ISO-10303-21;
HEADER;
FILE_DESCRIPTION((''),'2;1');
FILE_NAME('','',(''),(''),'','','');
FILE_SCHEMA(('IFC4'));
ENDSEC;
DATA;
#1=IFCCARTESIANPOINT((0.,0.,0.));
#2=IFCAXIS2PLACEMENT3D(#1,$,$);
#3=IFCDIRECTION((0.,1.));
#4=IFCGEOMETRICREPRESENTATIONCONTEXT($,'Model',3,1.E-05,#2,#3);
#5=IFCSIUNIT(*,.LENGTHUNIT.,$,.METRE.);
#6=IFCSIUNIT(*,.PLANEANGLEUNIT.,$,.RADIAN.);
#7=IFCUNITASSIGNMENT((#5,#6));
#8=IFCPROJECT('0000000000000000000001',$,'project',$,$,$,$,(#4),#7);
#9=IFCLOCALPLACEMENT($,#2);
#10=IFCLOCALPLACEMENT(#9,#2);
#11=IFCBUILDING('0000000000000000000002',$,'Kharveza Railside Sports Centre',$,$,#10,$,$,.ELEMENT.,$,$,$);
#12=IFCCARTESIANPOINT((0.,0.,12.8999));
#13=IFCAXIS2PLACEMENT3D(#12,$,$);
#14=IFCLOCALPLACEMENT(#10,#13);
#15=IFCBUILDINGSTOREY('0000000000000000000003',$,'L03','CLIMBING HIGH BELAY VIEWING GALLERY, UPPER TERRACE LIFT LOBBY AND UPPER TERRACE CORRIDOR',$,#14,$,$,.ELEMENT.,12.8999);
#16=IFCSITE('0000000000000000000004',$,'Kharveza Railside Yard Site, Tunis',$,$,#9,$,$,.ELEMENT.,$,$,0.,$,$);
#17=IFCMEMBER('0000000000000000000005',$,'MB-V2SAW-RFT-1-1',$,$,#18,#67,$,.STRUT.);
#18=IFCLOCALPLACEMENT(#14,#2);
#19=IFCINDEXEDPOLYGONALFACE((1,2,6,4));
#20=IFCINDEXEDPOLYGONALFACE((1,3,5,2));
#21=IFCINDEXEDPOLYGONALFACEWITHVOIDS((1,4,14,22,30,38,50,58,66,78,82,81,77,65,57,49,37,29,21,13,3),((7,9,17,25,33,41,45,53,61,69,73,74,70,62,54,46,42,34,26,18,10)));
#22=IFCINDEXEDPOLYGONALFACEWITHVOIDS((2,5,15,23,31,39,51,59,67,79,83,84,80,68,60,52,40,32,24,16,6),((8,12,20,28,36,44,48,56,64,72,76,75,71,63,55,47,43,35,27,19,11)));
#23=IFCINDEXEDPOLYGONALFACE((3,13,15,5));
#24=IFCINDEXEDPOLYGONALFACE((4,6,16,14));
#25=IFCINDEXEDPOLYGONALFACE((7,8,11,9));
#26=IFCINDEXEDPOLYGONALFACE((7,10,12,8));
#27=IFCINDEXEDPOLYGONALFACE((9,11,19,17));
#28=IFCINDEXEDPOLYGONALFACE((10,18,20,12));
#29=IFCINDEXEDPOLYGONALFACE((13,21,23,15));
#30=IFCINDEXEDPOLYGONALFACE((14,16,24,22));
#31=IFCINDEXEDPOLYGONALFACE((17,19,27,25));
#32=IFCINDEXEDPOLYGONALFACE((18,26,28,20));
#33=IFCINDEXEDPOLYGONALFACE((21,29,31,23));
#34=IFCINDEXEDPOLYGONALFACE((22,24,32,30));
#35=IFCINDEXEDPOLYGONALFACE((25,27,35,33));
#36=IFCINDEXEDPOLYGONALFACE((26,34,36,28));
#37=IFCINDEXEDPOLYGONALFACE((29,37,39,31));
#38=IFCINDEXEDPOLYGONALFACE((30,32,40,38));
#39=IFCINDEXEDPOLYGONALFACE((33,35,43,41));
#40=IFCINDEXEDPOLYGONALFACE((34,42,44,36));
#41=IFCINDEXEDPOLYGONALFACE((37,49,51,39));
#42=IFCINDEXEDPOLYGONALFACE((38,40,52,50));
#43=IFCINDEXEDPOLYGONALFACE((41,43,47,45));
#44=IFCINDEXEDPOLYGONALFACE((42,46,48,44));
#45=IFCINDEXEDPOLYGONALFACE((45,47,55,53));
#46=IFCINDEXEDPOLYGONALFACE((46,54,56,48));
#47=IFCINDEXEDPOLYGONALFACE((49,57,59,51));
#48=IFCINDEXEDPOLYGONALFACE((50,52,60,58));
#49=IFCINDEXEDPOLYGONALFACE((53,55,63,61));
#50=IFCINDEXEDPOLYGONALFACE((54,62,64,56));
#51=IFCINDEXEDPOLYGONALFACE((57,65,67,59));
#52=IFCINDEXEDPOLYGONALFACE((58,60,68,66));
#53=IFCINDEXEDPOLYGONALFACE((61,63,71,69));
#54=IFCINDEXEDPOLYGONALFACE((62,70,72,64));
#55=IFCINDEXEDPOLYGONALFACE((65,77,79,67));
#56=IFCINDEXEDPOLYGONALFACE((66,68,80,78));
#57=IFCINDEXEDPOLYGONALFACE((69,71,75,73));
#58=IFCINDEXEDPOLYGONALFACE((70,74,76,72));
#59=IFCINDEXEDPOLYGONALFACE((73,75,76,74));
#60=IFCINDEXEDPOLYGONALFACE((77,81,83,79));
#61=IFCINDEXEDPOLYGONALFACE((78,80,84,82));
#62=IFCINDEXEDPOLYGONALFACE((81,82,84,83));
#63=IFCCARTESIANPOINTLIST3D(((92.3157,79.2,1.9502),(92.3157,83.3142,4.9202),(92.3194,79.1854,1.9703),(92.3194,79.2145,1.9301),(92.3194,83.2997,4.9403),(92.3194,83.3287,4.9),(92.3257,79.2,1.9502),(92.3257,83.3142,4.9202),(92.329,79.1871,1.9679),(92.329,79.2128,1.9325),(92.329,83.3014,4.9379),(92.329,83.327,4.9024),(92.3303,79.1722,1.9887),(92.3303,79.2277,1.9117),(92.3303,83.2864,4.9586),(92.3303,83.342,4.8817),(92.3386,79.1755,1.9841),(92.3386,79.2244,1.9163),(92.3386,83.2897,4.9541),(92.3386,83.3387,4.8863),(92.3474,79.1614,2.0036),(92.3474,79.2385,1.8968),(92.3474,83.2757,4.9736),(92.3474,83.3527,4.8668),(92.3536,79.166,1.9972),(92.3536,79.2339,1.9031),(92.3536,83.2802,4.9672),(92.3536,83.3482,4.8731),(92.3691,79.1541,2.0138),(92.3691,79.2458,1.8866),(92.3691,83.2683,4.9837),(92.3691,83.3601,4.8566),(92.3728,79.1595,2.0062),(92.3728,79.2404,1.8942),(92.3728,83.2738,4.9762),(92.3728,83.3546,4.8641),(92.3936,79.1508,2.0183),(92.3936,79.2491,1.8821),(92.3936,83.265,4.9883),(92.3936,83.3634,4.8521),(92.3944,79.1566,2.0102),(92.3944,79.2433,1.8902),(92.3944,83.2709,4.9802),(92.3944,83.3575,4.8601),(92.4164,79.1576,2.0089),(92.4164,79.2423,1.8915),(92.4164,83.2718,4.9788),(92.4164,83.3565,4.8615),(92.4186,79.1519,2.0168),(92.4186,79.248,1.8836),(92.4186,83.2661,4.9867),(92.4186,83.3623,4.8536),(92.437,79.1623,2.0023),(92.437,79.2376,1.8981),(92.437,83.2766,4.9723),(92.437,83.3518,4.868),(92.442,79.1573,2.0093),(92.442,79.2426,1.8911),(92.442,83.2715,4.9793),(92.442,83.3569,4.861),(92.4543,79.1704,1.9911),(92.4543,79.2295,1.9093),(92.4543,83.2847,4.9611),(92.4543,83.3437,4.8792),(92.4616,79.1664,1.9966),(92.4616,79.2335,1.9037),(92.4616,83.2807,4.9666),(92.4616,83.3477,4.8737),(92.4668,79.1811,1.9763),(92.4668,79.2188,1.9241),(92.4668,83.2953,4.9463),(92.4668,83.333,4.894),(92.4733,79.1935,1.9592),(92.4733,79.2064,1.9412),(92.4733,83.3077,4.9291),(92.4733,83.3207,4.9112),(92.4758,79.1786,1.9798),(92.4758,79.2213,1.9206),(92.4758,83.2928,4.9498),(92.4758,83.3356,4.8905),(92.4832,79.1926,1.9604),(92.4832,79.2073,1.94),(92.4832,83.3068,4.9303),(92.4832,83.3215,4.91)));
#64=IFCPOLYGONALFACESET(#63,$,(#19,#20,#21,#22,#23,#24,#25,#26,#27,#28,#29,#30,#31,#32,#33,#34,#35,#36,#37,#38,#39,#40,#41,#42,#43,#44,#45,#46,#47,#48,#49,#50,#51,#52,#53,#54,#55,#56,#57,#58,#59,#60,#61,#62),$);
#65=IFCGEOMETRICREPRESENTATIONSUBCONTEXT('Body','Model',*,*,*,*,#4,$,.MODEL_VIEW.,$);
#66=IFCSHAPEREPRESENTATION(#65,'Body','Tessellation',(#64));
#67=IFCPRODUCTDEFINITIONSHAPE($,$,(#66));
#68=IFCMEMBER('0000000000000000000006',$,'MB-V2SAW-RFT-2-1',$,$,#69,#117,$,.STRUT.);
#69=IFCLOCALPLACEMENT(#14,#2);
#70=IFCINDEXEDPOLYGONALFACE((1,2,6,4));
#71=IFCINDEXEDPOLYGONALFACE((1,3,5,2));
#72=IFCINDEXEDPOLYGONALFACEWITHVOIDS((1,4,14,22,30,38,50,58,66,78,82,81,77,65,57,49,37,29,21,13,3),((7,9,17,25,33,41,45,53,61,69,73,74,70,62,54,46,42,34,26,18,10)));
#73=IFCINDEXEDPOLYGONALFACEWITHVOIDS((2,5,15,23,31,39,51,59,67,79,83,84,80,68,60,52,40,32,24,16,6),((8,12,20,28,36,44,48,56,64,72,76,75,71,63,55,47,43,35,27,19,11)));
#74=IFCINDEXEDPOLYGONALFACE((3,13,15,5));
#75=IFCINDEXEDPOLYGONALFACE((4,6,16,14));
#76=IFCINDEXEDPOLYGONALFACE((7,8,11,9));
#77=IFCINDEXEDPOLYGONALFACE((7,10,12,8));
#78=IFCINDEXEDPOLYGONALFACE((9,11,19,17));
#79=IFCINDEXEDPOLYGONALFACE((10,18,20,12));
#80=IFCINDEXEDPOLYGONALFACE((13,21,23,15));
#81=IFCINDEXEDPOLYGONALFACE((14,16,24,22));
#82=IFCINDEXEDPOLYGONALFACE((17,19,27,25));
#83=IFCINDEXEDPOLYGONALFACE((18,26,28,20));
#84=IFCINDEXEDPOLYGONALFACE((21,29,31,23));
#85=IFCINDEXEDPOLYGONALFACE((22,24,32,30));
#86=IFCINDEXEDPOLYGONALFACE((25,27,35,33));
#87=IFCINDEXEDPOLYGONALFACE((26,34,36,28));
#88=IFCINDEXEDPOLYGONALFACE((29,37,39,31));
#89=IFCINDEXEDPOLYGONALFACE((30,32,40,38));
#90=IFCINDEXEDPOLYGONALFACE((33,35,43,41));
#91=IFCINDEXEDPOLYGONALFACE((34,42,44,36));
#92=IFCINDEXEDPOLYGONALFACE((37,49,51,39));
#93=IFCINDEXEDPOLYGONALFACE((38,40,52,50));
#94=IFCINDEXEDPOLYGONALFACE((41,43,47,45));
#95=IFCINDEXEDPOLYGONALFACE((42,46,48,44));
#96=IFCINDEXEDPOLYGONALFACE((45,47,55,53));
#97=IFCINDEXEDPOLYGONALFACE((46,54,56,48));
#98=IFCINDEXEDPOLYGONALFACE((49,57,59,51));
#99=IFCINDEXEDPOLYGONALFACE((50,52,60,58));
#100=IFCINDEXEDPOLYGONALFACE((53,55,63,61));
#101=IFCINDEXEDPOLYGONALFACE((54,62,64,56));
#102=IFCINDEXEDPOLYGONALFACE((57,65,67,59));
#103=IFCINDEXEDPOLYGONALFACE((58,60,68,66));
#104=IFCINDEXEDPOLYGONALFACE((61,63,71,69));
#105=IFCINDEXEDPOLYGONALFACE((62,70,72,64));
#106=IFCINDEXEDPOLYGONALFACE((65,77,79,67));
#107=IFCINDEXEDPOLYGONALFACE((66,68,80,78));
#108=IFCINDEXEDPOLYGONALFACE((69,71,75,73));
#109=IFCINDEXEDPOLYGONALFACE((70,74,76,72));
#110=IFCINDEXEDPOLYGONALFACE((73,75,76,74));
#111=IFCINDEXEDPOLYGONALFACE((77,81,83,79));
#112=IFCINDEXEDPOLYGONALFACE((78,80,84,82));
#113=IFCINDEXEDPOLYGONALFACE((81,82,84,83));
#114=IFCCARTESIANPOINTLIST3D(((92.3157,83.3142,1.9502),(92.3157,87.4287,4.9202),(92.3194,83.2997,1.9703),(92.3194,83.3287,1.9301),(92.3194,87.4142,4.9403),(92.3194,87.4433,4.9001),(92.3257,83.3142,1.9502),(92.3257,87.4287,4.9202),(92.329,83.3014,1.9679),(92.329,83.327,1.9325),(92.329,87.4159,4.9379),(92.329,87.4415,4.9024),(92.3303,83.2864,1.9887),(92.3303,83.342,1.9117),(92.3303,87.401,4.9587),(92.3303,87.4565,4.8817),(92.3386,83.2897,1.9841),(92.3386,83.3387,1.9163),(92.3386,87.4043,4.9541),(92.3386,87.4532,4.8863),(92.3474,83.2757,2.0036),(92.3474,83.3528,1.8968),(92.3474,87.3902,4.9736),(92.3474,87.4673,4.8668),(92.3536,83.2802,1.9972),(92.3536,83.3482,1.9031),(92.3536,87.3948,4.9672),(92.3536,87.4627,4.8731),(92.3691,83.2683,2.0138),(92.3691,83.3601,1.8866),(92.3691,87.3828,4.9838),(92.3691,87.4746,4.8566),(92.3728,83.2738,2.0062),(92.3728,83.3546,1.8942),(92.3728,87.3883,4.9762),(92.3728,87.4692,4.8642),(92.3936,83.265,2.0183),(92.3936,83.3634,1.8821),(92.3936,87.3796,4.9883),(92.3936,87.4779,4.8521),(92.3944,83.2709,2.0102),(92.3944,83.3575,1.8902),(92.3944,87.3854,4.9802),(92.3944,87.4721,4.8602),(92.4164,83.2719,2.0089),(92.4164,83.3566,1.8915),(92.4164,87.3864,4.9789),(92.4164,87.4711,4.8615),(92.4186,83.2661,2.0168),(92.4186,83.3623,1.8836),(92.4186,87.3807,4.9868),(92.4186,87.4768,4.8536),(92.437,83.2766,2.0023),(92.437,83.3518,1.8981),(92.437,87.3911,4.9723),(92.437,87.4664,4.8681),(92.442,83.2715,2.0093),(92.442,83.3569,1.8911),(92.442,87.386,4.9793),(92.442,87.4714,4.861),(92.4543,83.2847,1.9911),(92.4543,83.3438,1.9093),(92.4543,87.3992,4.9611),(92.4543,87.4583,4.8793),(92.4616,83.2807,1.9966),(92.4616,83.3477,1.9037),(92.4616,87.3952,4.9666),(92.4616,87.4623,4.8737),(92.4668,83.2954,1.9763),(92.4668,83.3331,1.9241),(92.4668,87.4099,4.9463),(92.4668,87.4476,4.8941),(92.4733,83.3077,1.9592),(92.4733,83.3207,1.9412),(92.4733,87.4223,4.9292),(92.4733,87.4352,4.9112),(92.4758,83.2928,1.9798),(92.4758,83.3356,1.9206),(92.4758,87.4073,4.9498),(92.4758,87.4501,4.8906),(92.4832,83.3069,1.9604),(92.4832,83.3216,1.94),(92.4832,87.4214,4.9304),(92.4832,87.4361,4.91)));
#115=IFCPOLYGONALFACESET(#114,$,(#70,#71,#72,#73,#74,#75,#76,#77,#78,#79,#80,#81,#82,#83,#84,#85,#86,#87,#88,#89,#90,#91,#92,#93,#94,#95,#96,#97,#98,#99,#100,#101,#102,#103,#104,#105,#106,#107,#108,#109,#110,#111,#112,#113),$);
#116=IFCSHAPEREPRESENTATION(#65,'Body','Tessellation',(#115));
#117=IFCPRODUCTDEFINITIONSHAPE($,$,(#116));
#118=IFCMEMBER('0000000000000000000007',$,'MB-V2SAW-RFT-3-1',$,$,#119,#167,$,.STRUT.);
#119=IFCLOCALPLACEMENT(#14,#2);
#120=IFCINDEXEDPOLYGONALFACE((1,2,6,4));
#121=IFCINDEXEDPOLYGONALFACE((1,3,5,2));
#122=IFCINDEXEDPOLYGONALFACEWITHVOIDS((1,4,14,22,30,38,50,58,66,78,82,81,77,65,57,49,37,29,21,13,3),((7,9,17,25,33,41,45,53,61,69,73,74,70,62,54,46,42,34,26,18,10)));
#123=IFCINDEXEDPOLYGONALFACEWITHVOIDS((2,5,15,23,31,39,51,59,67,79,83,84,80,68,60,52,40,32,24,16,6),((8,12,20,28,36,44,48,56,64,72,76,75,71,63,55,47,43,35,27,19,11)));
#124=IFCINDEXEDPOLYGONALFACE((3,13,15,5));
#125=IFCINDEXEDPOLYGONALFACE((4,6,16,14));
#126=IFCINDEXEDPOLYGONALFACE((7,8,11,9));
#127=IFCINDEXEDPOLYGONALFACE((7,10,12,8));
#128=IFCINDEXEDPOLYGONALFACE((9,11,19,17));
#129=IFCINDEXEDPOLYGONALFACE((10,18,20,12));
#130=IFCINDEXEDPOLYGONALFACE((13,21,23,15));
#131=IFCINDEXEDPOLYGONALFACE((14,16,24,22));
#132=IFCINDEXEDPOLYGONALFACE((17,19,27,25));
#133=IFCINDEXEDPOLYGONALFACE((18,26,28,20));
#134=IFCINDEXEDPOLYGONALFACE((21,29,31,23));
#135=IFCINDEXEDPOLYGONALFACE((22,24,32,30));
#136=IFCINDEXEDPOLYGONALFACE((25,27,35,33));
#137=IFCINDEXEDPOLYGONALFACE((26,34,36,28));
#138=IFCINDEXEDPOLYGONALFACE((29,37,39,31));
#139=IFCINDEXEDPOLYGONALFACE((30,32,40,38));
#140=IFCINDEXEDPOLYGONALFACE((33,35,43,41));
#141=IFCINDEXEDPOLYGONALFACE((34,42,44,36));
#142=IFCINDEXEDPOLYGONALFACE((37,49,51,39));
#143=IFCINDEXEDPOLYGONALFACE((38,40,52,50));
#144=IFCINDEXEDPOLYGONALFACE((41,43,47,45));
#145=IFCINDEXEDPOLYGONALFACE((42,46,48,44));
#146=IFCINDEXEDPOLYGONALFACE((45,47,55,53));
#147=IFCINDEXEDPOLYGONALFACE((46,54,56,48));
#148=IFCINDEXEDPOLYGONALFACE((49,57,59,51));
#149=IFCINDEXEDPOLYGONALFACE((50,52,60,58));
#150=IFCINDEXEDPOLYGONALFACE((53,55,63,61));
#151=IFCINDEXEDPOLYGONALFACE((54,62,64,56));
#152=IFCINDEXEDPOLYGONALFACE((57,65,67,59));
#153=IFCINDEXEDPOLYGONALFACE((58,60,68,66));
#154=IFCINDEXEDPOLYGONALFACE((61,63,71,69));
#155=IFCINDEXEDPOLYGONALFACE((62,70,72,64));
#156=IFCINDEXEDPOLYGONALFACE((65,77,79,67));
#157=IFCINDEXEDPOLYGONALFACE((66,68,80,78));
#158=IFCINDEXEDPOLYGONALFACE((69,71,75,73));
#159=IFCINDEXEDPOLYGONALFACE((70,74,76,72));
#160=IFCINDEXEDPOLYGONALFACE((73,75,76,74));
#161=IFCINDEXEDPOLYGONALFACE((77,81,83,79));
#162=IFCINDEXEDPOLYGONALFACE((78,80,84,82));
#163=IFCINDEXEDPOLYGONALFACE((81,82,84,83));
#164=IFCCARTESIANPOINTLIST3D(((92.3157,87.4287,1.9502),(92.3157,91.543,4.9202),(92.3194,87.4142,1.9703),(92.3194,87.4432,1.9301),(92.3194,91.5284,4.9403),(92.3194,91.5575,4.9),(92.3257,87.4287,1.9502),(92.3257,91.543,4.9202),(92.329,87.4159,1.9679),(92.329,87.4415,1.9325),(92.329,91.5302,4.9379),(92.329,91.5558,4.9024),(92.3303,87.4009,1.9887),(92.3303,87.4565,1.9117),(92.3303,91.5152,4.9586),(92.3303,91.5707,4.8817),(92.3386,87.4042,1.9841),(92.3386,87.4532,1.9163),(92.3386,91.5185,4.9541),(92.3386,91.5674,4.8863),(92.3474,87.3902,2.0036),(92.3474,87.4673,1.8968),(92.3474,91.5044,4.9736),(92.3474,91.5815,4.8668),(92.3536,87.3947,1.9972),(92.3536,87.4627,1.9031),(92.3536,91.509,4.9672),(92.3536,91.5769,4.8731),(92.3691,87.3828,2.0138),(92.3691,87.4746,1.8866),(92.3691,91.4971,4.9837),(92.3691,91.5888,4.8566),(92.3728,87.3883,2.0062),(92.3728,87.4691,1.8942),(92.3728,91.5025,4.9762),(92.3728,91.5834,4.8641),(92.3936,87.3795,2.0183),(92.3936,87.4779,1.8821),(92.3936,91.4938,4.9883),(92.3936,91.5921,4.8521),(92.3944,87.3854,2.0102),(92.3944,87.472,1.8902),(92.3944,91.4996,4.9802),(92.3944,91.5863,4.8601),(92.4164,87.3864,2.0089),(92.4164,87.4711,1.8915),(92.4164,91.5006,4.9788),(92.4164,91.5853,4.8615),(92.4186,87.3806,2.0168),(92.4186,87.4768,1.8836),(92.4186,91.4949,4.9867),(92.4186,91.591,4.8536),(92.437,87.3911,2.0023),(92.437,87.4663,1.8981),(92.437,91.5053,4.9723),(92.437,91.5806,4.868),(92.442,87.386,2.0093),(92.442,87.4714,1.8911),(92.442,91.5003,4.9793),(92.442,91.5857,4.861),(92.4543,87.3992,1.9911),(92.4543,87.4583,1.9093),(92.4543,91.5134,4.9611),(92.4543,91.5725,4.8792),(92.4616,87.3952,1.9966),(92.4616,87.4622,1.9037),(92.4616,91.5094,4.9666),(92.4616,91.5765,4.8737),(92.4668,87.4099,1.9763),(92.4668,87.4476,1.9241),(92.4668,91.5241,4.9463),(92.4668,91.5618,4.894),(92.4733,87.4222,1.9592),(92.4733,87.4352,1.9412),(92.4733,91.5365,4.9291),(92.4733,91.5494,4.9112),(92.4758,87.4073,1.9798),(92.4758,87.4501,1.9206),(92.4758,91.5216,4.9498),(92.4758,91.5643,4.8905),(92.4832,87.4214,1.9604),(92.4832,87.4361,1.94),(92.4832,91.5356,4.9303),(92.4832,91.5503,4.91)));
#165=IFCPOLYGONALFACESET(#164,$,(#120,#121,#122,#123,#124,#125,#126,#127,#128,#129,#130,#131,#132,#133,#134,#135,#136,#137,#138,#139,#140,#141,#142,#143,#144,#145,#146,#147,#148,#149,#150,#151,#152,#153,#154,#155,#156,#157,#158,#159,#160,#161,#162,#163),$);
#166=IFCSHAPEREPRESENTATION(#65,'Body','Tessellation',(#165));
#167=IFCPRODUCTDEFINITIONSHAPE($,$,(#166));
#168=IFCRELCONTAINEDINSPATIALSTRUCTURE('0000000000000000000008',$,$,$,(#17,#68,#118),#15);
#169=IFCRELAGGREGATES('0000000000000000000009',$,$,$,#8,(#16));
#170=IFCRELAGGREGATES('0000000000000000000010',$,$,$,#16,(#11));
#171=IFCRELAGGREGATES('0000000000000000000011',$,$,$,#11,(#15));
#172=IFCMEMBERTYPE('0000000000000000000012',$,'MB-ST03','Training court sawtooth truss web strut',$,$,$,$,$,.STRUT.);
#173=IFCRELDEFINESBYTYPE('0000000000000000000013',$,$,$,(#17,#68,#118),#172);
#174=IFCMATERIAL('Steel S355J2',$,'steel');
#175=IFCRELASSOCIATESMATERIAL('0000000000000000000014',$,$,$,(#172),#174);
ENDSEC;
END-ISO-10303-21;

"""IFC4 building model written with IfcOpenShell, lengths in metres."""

from ifc_helpers import new_model, si_unit, direction, frame, origin, origin_2d, place, context, subcontext, project, spatial, hollow_circle, extrude, material, material_profile, profile_set, type_object, element, save


model = new_model("IFC4")

# Units and contexts
model_context = context("Model", 3, precision=1e-05, world=origin(), true_north=direction((0.0, 1.0)))
body_context = subcontext(model_context, "Body", "Model", "MODEL_VIEW")
ifc_project = project(units=[si_unit("LENGTHUNIT", "METRE"), si_unit("PLANEANGLEUNIT", "RADIAN")], contexts=[model_context])

# Site, building, storey
site_placement = place(None, origin())
site = spatial("IfcSite", under=ifc_project, at=site_placement, Name="Kharveza Railside Yard Site, Tunis", CompositionType="ELEMENT", RefElevation=0.0)
building_placement = place(site_placement, origin())
building = spatial("IfcBuilding", under=site, at=building_placement, Name="Kharveza Railside Sports Centre", CompositionType="ELEMENT")
storey_placement = place(building_placement, frame((0.0, 0.0, 12.8999)))
storey = spatial("IfcBuildingStorey", under=building, at=storey_placement, Name="L03", Description="CLIMBING HIGH BELAY VIEWING GALLERY, UPPER TERRACE LIFT LOBBY AND UPPER TERRACE CORRIDOR", CompositionType="ELEMENT", Elevation=12.8999)

# Shared definitions
ifc_material_1 = material(Name="Steel S355J2", Category="steel")

# Members
ifc_material_profile_1 = material_profile(ifc_material_1, hollow_circle(Radius=0.0842, WallThickness=0.01, at=origin_2d()), Name="CHS 168.3x10.0")
ifc_profile_set_1 = profile_set([ifc_material_profile_1], Name="Steel S355J2")
member_type_1 = type_object("IfcMemberType", Name="MB-ST03", Description="Training court sawtooth truss web strut", PredefinedType="STRUT", material=ifc_profile_set_1)
member_1_placement = place(storey_placement, frame((92.3999, 79.2, 1.9502), z_axis=(0.0, 0.810814, 0.585304), x_axis=(-1.0, 0.0, 0.0)))
element("IfcMember", 1, at=member_1_placement, inside=storey, type_object=member_type_1, Name="MB-V2SAW-RFT-1-1", PredefinedType="STRUT", context=body_context, shape_type="SweptSolid", body=[
    extrude(hollow_circle(Radius=0.0842, WallThickness=0.01, at=origin_2d()), origin(), (0.0, 0.0, 1.0), 5.0742),
])
member_2_placement = place(storey_placement, frame((92.3999, 83.3142, 1.9502), z_axis=(0.0, 0.81083, 0.585281), x_axis=(-1.0, 0.0, 0.0)))
element("IfcMember", 2, at=member_2_placement, inside=storey, type_object=member_type_1, Name="MB-V2SAW-RFT-2-1", PredefinedType="STRUT", context=body_context, shape_type="SweptSolid", body=[
    extrude(hollow_circle(Radius=0.0842, WallThickness=0.01, at=origin_2d()), origin(), (0.0, 0.0, 1.0), 5.0745),
])
member_3_placement = place(storey_placement, frame((92.3999, 87.4287, 1.9502), z_axis=(0.0, 0.810814, 0.585304), x_axis=(-1.0, 0.0, 0.0)))
element("IfcMember", 3, at=member_3_placement, inside=storey, type_object=member_type_1, Name="MB-V2SAW-RFT-3-1", PredefinedType="STRUT", context=body_context, shape_type="SweptSolid", body=[
    extrude(hollow_circle(Radius=0.0842, WallThickness=0.01, at=origin_2d()), origin(), (0.0, 0.0, 1.0), 5.0742),
])

save(model, "model.ifc")
